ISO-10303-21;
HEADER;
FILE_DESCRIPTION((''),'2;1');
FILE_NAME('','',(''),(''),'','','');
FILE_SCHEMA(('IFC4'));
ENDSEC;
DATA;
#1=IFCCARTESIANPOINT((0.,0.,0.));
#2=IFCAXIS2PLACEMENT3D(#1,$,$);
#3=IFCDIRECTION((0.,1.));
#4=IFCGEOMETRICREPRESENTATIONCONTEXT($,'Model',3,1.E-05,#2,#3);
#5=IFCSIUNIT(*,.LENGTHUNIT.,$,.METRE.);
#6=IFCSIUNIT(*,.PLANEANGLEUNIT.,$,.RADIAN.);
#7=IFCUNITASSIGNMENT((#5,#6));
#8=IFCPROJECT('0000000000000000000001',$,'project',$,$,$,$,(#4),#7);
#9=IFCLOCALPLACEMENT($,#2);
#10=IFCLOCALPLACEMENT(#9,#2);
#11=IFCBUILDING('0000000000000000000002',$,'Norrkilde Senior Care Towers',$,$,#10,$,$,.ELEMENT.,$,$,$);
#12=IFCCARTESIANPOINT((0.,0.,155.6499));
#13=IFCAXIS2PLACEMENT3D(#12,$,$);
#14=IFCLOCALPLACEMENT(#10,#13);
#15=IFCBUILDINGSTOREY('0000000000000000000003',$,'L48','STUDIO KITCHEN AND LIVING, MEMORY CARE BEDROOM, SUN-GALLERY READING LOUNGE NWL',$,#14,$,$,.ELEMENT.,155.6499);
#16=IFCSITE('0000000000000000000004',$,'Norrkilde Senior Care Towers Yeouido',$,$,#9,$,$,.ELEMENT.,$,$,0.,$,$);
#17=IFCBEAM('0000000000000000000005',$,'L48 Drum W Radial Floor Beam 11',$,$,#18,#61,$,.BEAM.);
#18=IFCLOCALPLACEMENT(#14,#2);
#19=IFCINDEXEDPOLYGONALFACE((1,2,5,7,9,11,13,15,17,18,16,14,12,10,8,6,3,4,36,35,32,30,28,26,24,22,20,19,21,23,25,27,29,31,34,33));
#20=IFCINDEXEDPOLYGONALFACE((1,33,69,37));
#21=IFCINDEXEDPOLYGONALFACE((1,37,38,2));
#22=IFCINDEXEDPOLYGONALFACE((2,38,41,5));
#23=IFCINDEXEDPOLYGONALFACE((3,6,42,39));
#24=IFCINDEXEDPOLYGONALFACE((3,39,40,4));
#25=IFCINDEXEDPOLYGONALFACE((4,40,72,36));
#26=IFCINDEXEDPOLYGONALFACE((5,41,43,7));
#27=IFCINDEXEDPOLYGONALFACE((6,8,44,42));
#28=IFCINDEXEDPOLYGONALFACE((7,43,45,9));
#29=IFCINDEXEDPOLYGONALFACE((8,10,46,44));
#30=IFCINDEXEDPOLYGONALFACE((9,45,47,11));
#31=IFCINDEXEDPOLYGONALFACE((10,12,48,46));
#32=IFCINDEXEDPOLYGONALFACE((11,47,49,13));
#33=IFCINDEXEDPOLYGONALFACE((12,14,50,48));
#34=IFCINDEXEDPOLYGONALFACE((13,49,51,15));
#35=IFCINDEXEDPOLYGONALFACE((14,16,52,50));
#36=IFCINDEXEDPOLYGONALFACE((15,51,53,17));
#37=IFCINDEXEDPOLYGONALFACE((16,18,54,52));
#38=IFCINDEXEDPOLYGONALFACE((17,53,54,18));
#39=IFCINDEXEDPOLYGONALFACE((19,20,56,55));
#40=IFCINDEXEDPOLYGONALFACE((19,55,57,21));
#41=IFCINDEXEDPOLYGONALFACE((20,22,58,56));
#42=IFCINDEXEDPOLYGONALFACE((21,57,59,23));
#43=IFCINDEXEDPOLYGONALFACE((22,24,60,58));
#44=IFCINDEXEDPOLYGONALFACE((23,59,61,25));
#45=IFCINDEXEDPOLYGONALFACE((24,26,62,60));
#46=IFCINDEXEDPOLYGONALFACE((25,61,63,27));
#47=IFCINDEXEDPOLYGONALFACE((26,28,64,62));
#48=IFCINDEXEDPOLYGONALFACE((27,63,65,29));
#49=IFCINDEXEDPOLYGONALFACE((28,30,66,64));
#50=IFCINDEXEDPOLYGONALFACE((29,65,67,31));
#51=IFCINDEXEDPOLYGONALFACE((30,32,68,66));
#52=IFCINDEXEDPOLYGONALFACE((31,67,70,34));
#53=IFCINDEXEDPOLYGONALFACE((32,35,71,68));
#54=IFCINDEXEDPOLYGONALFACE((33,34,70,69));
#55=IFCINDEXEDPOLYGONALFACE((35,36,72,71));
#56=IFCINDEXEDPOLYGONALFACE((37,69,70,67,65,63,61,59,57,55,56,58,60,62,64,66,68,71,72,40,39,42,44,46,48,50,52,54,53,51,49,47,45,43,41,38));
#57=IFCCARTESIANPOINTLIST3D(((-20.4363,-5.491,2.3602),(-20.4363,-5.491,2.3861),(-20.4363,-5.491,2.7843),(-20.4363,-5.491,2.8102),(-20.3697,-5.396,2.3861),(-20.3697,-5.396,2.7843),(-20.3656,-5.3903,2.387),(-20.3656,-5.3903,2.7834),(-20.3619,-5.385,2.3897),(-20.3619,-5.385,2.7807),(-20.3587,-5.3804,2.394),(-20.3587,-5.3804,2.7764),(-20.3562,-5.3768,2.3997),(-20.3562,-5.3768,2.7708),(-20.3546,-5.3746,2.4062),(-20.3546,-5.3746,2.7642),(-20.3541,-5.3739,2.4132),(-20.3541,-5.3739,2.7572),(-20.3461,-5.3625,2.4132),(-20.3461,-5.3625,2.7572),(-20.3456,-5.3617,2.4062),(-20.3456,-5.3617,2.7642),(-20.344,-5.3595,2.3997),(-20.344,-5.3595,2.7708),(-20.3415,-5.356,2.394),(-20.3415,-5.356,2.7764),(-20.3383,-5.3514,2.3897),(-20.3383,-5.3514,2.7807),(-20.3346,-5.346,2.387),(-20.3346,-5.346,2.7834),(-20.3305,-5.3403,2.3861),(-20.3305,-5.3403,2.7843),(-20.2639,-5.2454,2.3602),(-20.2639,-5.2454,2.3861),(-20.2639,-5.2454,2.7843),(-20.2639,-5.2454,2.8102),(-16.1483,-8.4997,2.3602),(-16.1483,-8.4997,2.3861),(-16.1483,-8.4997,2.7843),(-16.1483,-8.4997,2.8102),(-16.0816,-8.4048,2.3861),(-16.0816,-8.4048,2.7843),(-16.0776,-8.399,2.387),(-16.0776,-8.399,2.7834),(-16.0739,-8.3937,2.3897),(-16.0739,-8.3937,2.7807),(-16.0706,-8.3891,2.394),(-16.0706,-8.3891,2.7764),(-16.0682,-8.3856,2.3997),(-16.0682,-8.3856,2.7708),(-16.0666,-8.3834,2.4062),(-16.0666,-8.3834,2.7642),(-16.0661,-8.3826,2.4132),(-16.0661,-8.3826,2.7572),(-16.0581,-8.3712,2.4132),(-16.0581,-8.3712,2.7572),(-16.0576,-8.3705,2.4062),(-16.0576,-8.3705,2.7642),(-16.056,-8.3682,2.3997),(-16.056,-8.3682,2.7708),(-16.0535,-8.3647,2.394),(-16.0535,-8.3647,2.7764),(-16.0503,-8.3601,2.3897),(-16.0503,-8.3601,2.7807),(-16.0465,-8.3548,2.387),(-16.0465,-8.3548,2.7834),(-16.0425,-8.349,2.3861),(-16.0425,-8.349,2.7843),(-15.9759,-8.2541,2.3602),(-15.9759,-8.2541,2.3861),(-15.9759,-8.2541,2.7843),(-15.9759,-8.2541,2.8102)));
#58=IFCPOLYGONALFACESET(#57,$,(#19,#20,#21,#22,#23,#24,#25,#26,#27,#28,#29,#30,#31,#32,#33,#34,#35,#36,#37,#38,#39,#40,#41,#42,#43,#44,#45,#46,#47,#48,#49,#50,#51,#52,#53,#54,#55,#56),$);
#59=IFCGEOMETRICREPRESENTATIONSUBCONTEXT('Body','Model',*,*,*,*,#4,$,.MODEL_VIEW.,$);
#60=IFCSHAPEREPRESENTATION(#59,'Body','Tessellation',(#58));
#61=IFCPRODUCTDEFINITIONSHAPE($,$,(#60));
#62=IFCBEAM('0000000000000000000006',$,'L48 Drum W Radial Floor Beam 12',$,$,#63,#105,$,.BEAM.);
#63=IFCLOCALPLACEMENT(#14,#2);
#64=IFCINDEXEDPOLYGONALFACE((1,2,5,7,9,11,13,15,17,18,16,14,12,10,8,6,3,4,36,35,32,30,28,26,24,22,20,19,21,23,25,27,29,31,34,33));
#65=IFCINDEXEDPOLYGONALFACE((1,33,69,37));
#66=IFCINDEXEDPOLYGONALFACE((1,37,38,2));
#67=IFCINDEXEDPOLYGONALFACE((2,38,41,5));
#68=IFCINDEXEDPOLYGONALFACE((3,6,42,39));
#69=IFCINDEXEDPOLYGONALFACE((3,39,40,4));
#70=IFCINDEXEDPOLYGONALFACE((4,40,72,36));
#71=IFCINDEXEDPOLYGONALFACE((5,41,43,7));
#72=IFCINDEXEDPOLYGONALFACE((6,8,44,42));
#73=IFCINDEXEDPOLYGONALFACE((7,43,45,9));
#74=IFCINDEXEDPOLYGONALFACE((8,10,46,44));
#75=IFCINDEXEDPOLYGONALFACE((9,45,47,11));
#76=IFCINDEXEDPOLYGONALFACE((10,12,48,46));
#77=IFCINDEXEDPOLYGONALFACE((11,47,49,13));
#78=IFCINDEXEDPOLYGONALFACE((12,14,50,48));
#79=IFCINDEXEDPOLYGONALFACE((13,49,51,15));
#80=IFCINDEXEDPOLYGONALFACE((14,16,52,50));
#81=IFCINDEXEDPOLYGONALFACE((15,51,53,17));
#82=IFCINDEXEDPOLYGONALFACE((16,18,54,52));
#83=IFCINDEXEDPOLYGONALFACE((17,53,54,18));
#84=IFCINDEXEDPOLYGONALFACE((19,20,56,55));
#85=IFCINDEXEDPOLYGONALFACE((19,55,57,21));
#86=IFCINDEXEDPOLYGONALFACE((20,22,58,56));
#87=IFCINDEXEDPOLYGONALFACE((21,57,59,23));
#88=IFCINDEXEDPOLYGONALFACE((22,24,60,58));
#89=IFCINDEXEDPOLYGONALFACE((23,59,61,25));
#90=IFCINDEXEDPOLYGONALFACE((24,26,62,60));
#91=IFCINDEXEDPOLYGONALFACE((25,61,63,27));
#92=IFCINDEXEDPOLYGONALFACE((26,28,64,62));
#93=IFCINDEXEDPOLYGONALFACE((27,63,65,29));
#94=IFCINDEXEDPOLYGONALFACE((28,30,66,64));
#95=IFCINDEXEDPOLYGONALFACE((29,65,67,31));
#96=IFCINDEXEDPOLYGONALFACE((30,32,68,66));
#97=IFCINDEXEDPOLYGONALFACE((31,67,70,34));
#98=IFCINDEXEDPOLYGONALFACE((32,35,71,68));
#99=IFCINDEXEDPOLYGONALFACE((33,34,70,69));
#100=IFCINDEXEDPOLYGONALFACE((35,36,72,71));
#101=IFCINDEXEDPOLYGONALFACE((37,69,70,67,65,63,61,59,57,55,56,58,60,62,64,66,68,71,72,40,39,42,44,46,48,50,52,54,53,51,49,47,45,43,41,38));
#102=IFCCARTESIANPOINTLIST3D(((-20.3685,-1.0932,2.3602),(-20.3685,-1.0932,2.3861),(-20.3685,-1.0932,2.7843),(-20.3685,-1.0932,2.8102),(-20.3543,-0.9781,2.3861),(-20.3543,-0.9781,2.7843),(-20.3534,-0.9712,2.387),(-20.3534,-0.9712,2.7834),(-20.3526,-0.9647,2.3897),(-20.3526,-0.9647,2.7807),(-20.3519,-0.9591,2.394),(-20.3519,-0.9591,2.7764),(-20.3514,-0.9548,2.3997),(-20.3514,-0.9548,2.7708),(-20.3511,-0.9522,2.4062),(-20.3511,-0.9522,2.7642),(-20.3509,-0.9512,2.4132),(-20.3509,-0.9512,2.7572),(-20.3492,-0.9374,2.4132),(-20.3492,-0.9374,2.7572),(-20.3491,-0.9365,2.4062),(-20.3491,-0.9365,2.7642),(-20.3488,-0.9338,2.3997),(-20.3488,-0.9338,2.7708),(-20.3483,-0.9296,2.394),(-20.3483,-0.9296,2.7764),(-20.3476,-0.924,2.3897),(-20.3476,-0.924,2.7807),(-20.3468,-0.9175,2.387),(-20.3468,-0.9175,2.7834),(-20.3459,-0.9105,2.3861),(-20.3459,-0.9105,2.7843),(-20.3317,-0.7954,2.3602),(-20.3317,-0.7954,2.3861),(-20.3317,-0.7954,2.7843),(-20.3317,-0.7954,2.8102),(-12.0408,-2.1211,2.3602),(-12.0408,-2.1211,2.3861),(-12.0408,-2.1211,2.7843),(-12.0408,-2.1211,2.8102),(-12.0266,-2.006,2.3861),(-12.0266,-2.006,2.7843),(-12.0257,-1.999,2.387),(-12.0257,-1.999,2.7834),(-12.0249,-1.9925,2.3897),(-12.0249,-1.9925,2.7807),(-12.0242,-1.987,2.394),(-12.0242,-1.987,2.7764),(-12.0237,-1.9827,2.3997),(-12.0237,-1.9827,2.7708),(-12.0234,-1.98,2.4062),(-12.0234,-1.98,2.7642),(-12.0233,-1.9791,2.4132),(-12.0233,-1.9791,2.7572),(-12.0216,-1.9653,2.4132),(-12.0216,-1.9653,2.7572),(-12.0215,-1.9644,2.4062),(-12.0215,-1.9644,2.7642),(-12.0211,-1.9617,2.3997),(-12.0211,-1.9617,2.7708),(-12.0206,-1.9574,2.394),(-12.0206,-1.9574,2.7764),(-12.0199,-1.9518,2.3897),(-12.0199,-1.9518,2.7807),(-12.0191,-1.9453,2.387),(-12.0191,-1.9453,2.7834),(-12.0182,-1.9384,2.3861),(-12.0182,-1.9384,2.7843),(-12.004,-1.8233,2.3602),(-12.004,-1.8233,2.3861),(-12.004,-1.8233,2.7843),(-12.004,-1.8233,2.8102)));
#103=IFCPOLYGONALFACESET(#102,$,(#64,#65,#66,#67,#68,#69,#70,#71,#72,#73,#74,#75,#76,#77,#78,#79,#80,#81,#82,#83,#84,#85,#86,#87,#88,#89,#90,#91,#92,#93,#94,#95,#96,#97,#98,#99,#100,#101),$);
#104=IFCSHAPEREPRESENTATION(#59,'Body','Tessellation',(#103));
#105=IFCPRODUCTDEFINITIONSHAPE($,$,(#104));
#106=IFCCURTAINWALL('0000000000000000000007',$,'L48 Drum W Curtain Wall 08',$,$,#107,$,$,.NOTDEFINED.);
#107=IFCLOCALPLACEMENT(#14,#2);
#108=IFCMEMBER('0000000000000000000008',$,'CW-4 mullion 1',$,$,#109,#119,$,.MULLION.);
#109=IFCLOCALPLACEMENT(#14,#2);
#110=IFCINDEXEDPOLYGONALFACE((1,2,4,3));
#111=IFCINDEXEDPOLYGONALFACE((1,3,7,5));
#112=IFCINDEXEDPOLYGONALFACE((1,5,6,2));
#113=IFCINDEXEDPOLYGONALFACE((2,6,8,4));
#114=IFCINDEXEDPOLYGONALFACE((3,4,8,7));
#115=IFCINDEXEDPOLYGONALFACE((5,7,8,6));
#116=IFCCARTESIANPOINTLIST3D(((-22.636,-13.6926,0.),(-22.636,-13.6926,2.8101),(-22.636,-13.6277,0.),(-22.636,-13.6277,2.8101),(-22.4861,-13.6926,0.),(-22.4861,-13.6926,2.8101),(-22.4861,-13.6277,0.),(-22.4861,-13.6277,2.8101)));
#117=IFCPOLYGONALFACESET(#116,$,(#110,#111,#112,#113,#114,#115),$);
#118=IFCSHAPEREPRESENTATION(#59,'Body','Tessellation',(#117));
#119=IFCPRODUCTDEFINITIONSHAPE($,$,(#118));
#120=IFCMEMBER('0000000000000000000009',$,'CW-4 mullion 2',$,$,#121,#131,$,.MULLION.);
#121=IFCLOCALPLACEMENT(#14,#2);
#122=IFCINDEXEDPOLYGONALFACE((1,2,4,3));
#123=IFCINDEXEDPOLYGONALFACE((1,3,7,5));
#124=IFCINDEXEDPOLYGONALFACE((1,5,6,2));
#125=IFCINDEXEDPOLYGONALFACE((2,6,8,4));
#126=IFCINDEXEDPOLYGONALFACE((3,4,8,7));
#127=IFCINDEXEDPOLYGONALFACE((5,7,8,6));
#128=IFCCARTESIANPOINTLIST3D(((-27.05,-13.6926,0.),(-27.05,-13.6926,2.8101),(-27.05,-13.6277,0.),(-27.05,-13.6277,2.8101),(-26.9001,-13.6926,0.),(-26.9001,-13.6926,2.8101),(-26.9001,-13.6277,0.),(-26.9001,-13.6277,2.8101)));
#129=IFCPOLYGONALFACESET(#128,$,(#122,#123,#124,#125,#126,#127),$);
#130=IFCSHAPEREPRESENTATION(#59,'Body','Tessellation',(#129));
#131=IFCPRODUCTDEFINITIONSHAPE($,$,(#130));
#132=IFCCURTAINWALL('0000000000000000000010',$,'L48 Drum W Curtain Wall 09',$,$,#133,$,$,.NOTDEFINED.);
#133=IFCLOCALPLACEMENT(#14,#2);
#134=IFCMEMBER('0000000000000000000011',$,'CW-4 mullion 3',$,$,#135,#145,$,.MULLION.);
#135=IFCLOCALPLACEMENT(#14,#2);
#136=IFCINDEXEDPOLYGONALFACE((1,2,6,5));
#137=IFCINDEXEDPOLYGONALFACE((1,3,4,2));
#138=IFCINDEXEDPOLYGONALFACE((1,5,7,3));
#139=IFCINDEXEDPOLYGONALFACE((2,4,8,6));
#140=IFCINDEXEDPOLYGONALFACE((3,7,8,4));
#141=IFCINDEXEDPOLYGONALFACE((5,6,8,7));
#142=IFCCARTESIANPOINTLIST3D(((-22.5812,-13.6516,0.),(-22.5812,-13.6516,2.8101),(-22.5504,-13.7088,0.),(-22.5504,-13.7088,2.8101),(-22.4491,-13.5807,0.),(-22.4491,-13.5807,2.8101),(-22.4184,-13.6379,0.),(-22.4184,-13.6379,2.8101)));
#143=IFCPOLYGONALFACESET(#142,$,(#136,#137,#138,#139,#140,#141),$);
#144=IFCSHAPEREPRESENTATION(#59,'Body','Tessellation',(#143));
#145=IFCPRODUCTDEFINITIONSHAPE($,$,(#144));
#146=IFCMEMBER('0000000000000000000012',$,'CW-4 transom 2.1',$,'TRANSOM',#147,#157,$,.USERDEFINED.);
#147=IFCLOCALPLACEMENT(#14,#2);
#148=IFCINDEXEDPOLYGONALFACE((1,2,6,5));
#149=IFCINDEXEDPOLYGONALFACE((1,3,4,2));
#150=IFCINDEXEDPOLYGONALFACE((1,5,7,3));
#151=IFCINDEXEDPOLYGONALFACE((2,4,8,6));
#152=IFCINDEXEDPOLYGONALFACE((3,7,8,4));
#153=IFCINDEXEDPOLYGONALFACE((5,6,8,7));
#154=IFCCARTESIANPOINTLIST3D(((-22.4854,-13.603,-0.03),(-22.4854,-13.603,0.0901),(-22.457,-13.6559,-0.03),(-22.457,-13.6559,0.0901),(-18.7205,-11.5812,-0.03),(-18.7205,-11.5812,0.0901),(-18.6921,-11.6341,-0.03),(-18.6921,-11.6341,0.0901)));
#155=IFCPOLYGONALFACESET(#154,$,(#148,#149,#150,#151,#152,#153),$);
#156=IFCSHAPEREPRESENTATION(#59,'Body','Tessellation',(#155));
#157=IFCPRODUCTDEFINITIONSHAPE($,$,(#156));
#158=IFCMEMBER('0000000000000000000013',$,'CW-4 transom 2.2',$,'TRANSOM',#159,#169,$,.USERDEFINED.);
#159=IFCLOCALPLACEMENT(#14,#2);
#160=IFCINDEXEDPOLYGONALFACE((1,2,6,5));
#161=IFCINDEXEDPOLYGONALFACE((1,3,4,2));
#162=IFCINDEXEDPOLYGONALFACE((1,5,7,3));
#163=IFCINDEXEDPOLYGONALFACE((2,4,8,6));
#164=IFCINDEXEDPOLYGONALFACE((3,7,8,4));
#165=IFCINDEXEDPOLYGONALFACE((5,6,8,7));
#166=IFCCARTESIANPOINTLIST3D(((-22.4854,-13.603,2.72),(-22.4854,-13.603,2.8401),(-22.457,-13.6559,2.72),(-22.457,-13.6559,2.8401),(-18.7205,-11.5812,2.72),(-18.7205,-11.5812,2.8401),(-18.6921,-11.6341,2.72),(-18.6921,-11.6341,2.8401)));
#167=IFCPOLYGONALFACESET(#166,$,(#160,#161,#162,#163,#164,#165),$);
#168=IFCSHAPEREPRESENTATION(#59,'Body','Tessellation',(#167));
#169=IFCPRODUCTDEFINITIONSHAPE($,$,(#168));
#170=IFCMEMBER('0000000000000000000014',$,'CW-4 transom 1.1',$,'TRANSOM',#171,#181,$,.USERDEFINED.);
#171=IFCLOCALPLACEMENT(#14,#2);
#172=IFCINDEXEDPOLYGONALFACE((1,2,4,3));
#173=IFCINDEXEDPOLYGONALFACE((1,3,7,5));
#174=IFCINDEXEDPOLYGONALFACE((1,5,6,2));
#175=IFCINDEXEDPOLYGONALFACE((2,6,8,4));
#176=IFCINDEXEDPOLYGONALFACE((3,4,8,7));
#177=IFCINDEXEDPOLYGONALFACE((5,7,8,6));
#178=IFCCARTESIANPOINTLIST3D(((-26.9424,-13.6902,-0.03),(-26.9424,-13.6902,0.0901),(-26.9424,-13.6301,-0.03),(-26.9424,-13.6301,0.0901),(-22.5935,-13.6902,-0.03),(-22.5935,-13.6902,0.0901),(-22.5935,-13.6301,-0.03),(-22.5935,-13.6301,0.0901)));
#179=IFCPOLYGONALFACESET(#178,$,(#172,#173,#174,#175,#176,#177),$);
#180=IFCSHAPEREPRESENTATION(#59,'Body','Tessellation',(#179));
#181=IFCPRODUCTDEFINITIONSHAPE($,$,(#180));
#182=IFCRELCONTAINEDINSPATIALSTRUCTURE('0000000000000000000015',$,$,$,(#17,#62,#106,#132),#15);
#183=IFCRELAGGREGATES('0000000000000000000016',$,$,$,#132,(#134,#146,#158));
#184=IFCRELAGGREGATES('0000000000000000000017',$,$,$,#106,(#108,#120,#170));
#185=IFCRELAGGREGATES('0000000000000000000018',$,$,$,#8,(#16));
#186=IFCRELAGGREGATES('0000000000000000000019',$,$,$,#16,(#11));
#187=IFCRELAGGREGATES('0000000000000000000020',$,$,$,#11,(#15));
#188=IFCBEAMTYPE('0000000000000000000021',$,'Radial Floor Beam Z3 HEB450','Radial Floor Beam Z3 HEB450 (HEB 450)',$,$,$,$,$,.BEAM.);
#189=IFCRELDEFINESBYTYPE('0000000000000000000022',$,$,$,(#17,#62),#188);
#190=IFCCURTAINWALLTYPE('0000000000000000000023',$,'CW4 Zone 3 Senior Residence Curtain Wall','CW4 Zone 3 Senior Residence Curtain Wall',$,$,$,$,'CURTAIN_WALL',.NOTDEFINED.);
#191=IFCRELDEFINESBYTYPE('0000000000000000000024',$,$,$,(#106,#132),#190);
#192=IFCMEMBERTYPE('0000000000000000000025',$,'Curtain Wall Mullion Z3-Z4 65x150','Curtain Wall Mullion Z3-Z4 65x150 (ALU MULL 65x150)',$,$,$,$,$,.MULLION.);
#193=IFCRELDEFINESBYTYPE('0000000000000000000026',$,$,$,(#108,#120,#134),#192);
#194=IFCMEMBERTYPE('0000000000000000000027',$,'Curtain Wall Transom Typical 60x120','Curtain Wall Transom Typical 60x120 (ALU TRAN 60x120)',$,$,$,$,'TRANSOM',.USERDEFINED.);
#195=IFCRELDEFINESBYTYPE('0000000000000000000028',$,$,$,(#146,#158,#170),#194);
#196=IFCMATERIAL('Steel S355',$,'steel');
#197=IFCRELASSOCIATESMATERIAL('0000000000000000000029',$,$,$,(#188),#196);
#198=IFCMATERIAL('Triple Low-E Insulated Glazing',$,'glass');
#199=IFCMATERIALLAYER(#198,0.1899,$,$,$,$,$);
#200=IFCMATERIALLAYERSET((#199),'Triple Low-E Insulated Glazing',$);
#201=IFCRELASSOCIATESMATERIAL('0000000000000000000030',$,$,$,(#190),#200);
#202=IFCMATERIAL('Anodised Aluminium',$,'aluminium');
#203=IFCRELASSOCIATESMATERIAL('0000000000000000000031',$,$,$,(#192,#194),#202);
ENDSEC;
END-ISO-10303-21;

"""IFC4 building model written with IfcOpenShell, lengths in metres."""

from ifc_helpers import new_model, si_unit, direction, frame, origin, origin_2d, place, context, subcontext, project, spatial, rectangle, i_section, extrude, source, transform, mapped, material, layer, layer_set, material_profile, profile_set, type_object, type_shapes, element, aggregate, save


model = new_model("IFC4")

# Units and contexts
model_context = context("Model", 3, precision=1e-05, world=origin(), true_north=direction((0.0, 1.0)))
body_context = subcontext(model_context, "Body", "Model", "MODEL_VIEW")
ifc_project = project(units=[si_unit("LENGTHUNIT", "METRE"), si_unit("PLANEANGLEUNIT", "RADIAN")], contexts=[model_context])

# Site, building, storey
site_placement = place(None, origin())
site = spatial("IfcSite", under=ifc_project, at=site_placement, Name="Norrkilde Senior Care Towers Yeouido", CompositionType="ELEMENT", RefElevation=0.0)
building_placement = place(site_placement, origin())
building = spatial("IfcBuilding", under=site, at=building_placement, Name="Norrkilde Senior Care Towers", CompositionType="ELEMENT")
storey_placement = place(building_placement, frame((0.0, 0.0, 155.6499)))
storey = spatial("IfcBuildingStorey", under=building, at=storey_placement, Name="L48", Description="STUDIO KITCHEN AND LIVING, MEMORY CARE BEDROOM, SUN-GALLERY READING LOUNGE NWL", CompositionType="ELEMENT", Elevation=155.6499)

# Beams
ifc_material_1 = material(Name="Steel S355", Category="steel")
ifc_material_profile_1 = material_profile(ifc_material_1, i_section(OverallWidth=0.3, OverallDepth=0.45, WebThickness=0.0139, FlangeThickness=0.0259, FilletRadius=0.0271, at=origin_2d()), Name="HEB 450")
ifc_profile_set_1 = profile_set([ifc_material_profile_1], Name="Steel S355")
beam_type_1 = type_object("IfcBeamType", Name="Radial Floor Beam Z3 HEB450", Description="Radial Floor Beam Z3 HEB450 (HEB 450)", PredefinedType="BEAM", material=ifc_profile_set_1)
shared_shape_1 = source(origin(), body_context, "Body", "SweptSolid", [
    extrude(i_section(OverallWidth=0.3, OverallDepth=0.45, WebThickness=0.0139, FlangeThickness=0.0259, FilletRadius=0.0271, at=origin_2d()), origin(), (0.0, 0.0, 1.0), 5.2383),
])
beam_1_placement = place(storey_placement, frame((-20.3501, -5.3682, 2.5852), z_axis=(0.818592, -0.574375, 0.0), x_axis=(0.574375, 0.818592, 0.0)))
element("IfcBeam", 1, at=beam_1_placement, inside=storey, type_object=beam_type_1, Name="L48 Drum W Radial Floor Beam 11", PredefinedType="BEAM", context=body_context, shape_type="MappedRepresentation", body=[
    mapped(shared_shape_1, transform((0.0, 0.0, 0.0), x_axis=(1.0, 0.0, 0.0), y_axis=(0.0, 1.0, 0.0), z_axis=(0.0, 0.0, 1.0), scale=1.0)),
])
shared_shape_2 = source(origin(), body_context, "Body", "SweptSolid", [
    extrude(i_section(OverallWidth=0.3, OverallDepth=0.45, WebThickness=0.0139, FlangeThickness=0.0259, FilletRadius=0.0271, at=origin_2d()), origin(), (0.0, 0.0, 1.0), 8.3909),
])
beam_2_placement = place(storey_placement, frame((-20.3501, -0.9443, 2.5852), z_axis=(0.992469, -0.122495, 0.0), x_axis=(0.122495, 0.992469, 0.0)))
element("IfcBeam", 2, at=beam_2_placement, inside=storey, type_object=beam_type_1, Name="L48 Drum W Radial Floor Beam 12", PredefinedType="BEAM", context=body_context, shape_type="MappedRepresentation", body=[
    mapped(shared_shape_2, transform((0.0, 0.0, 0.0), x_axis=(1.0, 0.0, 0.0), y_axis=(0.0, 1.0, 0.0), z_axis=(0.0, 0.0, 1.0), scale=1.0)),
])

# Curtain walls, members
ifc_material_2 = material(Name="Triple Low-E Insulated Glazing", Category="glass")
ifc_layer_1 = layer(ifc_material_2, 0.1899)
ifc_layer_set_1 = layer_set([ifc_layer_1], Name="Triple Low-E Insulated Glazing")
curtain_wall_type = type_object("IfcCurtainWallType", Name="CW4 Zone 3 Senior Residence Curtain Wall", Description="CW4 Zone 3 Senior Residence Curtain Wall", ElementType="CURTAIN_WALL", PredefinedType="NOTDEFINED", material=ifc_layer_set_1)
curtain_wall_1_placement = place(storey_placement, origin())
curtain_wall_1 = element("IfcCurtainWall", 3, at=curtain_wall_1_placement, inside=storey, type_object=curtain_wall_type, Name="L48 Drum W Curtain Wall 08", PredefinedType="NOTDEFINED")
ifc_material_3 = material(Name="Anodised Aluminium", Category="aluminium")
ifc_material_profile_2 = material_profile(ifc_material_3, rectangle(XDim=0.0649, YDim=0.1499, at=origin_2d()), Name="ALU MULL 65x150")
ifc_profile_set_2 = profile_set([ifc_material_profile_2], Name="Anodised Aluminium")
member_type_1 = type_object("IfcMemberType", Name="Curtain Wall Mullion Z3-Z4 65x150", Description="Curtain Wall Mullion Z3-Z4 65x150 (ALU MULL 65x150)", PredefinedType="MULLION", material=ifc_profile_set_2)
shared_shape_3 = source(origin(), body_context, "Body", "SweptSolid", [
    extrude(rectangle(XDim=0.0649, YDim=0.1499, at=origin_2d()), origin(), (0.0, 0.0, 1.0), 2.8101),
])
type_shapes(member_type_1, [shared_shape_3])
member_1_placement = place(storey_placement, frame((-22.561, -13.6602, 0.0), z_axis=(0.0, 0.0, 1.0), x_axis=(0.0, -1.0, 0.0)))
member_1 = element("IfcMember", 4, at=member_1_placement, type_object=member_type_1, Name="CW-4 mullion 1", PredefinedType="MULLION", context=body_context, shape_type="MappedRepresentation", body=[
    mapped(shared_shape_3, transform((0.0, 0.0, 0.0), x_axis=(1.0, 0.0, 0.0), y_axis=(0.0, 1.0, 0.0), z_axis=(0.0, 0.0, 1.0), scale=1.0)),
])
member_2_placement = place(storey_placement, frame((-26.9751, -13.6602, 0.0), z_axis=(0.0, 0.0, 1.0), x_axis=(0.0, -1.0, 0.0)))
member_2 = element("IfcMember", 5, at=member_2_placement, type_object=member_type_1, Name="CW-4 mullion 2", PredefinedType="MULLION", context=body_context, shape_type="MappedRepresentation", body=[
    mapped(shared_shape_3, transform((0.0, 0.0, 0.0), x_axis=(1.0, 0.0, 0.0), y_axis=(0.0, 1.0, 0.0), z_axis=(0.0, 0.0, 1.0), scale=1.0)),
])
curtain_wall_2_placement = place(storey_placement, origin())
curtain_wall_2 = element("IfcCurtainWall", 6, at=curtain_wall_2_placement, inside=storey, type_object=curtain_wall_type, Name="L48 Drum W Curtain Wall 09", PredefinedType="NOTDEFINED")
member_3_placement = place(storey_placement, frame((-22.4998, -13.6448, 0.0), z_axis=(0.0, 0.0, 1.0), x_axis=(0.473117, -0.881, 0.0)))
member_3 = element("IfcMember", 7, at=member_3_placement, type_object=member_type_1, Name="CW-4 mullion 3", PredefinedType="MULLION", context=body_context, shape_type="MappedRepresentation", body=[
    mapped(shared_shape_3, transform((0.0, 0.0, 0.0), x_axis=(1.0, 0.0, 0.0), y_axis=(0.0, 1.0, 0.0), z_axis=(0.0, 0.0, 1.0), scale=1.0)),
])
ifc_material_profile_3 = material_profile(ifc_material_3, rectangle(XDim=0.0601, YDim=0.1201, at=origin_2d()), Name="ALU TRAN 60x120")
ifc_profile_set_3 = profile_set([ifc_material_profile_3], Name="Anodised Aluminium")
member_type_2 = type_object("IfcMemberType", Name="Curtain Wall Transom Typical 60x120", Description="Curtain Wall Transom Typical 60x120 (ALU TRAN 60x120)", ElementType="TRANSOM", PredefinedType="USERDEFINED", material=ifc_profile_set_3)
shared_shape_4 = source(origin(), body_context, "Body", "SweptSolid", [
    extrude(rectangle(XDim=0.0601, YDim=0.1201, at=origin_2d()), origin(), (0.0, 0.0, 1.0), 4.2734),
])
member_4_placement = place(storey_placement, frame((-18.7063, -11.6077, 0.03), z_axis=(-0.88101, -0.473098, 0.0), x_axis=(0.473098, -0.88101, 0.0)))
member_4 = element("IfcMember", 8, at=member_4_placement, type_object=member_type_2, Name="CW-4 transom 2.1", ObjectType="TRANSOM", PredefinedType="USERDEFINED", context=body_context, shape_type="MappedRepresentation", body=[
    mapped(shared_shape_4, transform((0.0, 0.0, 0.0), x_axis=(1.0, 0.0, 0.0), y_axis=(0.0, 1.0, 0.0), z_axis=(0.0, 0.0, 1.0), scale=1.0)),
])
member_5_placement = place(storey_placement, frame((-18.7063, -11.6077, 2.78), z_axis=(-0.88101, -0.473098, 0.0), x_axis=(0.473098, -0.88101, 0.0)))
member_5 = element("IfcMember", 9, at=member_5_placement, type_object=member_type_2, Name="CW-4 transom 2.2", ObjectType="TRANSOM", PredefinedType="USERDEFINED", context=body_context, shape_type="MappedRepresentation", body=[
    mapped(shared_shape_4, transform((0.0, 0.0, 0.0), x_axis=(1.0, 0.0, 0.0), y_axis=(0.0, 1.0, 0.0), z_axis=(0.0, 0.0, 1.0), scale=1.0)),
])

# Member
shared_shape_5 = source(origin(), body_context, "Body", "SweptSolid", [
    extrude(rectangle(XDim=0.0601, YDim=0.1201, at=origin_2d()), origin(), (0.0, 0.0, 1.0), 4.3489),
])
type_shapes(member_type_2, [shared_shape_4, shared_shape_5])
member_6_placement = place(storey_placement, frame((-22.5935, -13.6602, 0.03), z_axis=(-1.0, 0.0, 0.0), x_axis=(0.0, -1.0, 0.0)))
member_6 = element("IfcMember", 10, at=member_6_placement, type_object=member_type_2, Name="CW-4 transom 1.1", ObjectType="TRANSOM", PredefinedType="USERDEFINED", context=body_context, shape_type="MappedRepresentation", body=[
    mapped(shared_shape_5, transform((0.0, 0.0, 0.0), x_axis=(1.0, 0.0, 0.0), y_axis=(0.0, 1.0, 0.0), z_axis=(0.0, 0.0, 1.0), scale=1.0)),
])

aggregate(curtain_wall_2, [member_3, member_4, member_5])
aggregate(curtain_wall_1, [member_1, member_2, member_6])

save(model, "model.ifc")
